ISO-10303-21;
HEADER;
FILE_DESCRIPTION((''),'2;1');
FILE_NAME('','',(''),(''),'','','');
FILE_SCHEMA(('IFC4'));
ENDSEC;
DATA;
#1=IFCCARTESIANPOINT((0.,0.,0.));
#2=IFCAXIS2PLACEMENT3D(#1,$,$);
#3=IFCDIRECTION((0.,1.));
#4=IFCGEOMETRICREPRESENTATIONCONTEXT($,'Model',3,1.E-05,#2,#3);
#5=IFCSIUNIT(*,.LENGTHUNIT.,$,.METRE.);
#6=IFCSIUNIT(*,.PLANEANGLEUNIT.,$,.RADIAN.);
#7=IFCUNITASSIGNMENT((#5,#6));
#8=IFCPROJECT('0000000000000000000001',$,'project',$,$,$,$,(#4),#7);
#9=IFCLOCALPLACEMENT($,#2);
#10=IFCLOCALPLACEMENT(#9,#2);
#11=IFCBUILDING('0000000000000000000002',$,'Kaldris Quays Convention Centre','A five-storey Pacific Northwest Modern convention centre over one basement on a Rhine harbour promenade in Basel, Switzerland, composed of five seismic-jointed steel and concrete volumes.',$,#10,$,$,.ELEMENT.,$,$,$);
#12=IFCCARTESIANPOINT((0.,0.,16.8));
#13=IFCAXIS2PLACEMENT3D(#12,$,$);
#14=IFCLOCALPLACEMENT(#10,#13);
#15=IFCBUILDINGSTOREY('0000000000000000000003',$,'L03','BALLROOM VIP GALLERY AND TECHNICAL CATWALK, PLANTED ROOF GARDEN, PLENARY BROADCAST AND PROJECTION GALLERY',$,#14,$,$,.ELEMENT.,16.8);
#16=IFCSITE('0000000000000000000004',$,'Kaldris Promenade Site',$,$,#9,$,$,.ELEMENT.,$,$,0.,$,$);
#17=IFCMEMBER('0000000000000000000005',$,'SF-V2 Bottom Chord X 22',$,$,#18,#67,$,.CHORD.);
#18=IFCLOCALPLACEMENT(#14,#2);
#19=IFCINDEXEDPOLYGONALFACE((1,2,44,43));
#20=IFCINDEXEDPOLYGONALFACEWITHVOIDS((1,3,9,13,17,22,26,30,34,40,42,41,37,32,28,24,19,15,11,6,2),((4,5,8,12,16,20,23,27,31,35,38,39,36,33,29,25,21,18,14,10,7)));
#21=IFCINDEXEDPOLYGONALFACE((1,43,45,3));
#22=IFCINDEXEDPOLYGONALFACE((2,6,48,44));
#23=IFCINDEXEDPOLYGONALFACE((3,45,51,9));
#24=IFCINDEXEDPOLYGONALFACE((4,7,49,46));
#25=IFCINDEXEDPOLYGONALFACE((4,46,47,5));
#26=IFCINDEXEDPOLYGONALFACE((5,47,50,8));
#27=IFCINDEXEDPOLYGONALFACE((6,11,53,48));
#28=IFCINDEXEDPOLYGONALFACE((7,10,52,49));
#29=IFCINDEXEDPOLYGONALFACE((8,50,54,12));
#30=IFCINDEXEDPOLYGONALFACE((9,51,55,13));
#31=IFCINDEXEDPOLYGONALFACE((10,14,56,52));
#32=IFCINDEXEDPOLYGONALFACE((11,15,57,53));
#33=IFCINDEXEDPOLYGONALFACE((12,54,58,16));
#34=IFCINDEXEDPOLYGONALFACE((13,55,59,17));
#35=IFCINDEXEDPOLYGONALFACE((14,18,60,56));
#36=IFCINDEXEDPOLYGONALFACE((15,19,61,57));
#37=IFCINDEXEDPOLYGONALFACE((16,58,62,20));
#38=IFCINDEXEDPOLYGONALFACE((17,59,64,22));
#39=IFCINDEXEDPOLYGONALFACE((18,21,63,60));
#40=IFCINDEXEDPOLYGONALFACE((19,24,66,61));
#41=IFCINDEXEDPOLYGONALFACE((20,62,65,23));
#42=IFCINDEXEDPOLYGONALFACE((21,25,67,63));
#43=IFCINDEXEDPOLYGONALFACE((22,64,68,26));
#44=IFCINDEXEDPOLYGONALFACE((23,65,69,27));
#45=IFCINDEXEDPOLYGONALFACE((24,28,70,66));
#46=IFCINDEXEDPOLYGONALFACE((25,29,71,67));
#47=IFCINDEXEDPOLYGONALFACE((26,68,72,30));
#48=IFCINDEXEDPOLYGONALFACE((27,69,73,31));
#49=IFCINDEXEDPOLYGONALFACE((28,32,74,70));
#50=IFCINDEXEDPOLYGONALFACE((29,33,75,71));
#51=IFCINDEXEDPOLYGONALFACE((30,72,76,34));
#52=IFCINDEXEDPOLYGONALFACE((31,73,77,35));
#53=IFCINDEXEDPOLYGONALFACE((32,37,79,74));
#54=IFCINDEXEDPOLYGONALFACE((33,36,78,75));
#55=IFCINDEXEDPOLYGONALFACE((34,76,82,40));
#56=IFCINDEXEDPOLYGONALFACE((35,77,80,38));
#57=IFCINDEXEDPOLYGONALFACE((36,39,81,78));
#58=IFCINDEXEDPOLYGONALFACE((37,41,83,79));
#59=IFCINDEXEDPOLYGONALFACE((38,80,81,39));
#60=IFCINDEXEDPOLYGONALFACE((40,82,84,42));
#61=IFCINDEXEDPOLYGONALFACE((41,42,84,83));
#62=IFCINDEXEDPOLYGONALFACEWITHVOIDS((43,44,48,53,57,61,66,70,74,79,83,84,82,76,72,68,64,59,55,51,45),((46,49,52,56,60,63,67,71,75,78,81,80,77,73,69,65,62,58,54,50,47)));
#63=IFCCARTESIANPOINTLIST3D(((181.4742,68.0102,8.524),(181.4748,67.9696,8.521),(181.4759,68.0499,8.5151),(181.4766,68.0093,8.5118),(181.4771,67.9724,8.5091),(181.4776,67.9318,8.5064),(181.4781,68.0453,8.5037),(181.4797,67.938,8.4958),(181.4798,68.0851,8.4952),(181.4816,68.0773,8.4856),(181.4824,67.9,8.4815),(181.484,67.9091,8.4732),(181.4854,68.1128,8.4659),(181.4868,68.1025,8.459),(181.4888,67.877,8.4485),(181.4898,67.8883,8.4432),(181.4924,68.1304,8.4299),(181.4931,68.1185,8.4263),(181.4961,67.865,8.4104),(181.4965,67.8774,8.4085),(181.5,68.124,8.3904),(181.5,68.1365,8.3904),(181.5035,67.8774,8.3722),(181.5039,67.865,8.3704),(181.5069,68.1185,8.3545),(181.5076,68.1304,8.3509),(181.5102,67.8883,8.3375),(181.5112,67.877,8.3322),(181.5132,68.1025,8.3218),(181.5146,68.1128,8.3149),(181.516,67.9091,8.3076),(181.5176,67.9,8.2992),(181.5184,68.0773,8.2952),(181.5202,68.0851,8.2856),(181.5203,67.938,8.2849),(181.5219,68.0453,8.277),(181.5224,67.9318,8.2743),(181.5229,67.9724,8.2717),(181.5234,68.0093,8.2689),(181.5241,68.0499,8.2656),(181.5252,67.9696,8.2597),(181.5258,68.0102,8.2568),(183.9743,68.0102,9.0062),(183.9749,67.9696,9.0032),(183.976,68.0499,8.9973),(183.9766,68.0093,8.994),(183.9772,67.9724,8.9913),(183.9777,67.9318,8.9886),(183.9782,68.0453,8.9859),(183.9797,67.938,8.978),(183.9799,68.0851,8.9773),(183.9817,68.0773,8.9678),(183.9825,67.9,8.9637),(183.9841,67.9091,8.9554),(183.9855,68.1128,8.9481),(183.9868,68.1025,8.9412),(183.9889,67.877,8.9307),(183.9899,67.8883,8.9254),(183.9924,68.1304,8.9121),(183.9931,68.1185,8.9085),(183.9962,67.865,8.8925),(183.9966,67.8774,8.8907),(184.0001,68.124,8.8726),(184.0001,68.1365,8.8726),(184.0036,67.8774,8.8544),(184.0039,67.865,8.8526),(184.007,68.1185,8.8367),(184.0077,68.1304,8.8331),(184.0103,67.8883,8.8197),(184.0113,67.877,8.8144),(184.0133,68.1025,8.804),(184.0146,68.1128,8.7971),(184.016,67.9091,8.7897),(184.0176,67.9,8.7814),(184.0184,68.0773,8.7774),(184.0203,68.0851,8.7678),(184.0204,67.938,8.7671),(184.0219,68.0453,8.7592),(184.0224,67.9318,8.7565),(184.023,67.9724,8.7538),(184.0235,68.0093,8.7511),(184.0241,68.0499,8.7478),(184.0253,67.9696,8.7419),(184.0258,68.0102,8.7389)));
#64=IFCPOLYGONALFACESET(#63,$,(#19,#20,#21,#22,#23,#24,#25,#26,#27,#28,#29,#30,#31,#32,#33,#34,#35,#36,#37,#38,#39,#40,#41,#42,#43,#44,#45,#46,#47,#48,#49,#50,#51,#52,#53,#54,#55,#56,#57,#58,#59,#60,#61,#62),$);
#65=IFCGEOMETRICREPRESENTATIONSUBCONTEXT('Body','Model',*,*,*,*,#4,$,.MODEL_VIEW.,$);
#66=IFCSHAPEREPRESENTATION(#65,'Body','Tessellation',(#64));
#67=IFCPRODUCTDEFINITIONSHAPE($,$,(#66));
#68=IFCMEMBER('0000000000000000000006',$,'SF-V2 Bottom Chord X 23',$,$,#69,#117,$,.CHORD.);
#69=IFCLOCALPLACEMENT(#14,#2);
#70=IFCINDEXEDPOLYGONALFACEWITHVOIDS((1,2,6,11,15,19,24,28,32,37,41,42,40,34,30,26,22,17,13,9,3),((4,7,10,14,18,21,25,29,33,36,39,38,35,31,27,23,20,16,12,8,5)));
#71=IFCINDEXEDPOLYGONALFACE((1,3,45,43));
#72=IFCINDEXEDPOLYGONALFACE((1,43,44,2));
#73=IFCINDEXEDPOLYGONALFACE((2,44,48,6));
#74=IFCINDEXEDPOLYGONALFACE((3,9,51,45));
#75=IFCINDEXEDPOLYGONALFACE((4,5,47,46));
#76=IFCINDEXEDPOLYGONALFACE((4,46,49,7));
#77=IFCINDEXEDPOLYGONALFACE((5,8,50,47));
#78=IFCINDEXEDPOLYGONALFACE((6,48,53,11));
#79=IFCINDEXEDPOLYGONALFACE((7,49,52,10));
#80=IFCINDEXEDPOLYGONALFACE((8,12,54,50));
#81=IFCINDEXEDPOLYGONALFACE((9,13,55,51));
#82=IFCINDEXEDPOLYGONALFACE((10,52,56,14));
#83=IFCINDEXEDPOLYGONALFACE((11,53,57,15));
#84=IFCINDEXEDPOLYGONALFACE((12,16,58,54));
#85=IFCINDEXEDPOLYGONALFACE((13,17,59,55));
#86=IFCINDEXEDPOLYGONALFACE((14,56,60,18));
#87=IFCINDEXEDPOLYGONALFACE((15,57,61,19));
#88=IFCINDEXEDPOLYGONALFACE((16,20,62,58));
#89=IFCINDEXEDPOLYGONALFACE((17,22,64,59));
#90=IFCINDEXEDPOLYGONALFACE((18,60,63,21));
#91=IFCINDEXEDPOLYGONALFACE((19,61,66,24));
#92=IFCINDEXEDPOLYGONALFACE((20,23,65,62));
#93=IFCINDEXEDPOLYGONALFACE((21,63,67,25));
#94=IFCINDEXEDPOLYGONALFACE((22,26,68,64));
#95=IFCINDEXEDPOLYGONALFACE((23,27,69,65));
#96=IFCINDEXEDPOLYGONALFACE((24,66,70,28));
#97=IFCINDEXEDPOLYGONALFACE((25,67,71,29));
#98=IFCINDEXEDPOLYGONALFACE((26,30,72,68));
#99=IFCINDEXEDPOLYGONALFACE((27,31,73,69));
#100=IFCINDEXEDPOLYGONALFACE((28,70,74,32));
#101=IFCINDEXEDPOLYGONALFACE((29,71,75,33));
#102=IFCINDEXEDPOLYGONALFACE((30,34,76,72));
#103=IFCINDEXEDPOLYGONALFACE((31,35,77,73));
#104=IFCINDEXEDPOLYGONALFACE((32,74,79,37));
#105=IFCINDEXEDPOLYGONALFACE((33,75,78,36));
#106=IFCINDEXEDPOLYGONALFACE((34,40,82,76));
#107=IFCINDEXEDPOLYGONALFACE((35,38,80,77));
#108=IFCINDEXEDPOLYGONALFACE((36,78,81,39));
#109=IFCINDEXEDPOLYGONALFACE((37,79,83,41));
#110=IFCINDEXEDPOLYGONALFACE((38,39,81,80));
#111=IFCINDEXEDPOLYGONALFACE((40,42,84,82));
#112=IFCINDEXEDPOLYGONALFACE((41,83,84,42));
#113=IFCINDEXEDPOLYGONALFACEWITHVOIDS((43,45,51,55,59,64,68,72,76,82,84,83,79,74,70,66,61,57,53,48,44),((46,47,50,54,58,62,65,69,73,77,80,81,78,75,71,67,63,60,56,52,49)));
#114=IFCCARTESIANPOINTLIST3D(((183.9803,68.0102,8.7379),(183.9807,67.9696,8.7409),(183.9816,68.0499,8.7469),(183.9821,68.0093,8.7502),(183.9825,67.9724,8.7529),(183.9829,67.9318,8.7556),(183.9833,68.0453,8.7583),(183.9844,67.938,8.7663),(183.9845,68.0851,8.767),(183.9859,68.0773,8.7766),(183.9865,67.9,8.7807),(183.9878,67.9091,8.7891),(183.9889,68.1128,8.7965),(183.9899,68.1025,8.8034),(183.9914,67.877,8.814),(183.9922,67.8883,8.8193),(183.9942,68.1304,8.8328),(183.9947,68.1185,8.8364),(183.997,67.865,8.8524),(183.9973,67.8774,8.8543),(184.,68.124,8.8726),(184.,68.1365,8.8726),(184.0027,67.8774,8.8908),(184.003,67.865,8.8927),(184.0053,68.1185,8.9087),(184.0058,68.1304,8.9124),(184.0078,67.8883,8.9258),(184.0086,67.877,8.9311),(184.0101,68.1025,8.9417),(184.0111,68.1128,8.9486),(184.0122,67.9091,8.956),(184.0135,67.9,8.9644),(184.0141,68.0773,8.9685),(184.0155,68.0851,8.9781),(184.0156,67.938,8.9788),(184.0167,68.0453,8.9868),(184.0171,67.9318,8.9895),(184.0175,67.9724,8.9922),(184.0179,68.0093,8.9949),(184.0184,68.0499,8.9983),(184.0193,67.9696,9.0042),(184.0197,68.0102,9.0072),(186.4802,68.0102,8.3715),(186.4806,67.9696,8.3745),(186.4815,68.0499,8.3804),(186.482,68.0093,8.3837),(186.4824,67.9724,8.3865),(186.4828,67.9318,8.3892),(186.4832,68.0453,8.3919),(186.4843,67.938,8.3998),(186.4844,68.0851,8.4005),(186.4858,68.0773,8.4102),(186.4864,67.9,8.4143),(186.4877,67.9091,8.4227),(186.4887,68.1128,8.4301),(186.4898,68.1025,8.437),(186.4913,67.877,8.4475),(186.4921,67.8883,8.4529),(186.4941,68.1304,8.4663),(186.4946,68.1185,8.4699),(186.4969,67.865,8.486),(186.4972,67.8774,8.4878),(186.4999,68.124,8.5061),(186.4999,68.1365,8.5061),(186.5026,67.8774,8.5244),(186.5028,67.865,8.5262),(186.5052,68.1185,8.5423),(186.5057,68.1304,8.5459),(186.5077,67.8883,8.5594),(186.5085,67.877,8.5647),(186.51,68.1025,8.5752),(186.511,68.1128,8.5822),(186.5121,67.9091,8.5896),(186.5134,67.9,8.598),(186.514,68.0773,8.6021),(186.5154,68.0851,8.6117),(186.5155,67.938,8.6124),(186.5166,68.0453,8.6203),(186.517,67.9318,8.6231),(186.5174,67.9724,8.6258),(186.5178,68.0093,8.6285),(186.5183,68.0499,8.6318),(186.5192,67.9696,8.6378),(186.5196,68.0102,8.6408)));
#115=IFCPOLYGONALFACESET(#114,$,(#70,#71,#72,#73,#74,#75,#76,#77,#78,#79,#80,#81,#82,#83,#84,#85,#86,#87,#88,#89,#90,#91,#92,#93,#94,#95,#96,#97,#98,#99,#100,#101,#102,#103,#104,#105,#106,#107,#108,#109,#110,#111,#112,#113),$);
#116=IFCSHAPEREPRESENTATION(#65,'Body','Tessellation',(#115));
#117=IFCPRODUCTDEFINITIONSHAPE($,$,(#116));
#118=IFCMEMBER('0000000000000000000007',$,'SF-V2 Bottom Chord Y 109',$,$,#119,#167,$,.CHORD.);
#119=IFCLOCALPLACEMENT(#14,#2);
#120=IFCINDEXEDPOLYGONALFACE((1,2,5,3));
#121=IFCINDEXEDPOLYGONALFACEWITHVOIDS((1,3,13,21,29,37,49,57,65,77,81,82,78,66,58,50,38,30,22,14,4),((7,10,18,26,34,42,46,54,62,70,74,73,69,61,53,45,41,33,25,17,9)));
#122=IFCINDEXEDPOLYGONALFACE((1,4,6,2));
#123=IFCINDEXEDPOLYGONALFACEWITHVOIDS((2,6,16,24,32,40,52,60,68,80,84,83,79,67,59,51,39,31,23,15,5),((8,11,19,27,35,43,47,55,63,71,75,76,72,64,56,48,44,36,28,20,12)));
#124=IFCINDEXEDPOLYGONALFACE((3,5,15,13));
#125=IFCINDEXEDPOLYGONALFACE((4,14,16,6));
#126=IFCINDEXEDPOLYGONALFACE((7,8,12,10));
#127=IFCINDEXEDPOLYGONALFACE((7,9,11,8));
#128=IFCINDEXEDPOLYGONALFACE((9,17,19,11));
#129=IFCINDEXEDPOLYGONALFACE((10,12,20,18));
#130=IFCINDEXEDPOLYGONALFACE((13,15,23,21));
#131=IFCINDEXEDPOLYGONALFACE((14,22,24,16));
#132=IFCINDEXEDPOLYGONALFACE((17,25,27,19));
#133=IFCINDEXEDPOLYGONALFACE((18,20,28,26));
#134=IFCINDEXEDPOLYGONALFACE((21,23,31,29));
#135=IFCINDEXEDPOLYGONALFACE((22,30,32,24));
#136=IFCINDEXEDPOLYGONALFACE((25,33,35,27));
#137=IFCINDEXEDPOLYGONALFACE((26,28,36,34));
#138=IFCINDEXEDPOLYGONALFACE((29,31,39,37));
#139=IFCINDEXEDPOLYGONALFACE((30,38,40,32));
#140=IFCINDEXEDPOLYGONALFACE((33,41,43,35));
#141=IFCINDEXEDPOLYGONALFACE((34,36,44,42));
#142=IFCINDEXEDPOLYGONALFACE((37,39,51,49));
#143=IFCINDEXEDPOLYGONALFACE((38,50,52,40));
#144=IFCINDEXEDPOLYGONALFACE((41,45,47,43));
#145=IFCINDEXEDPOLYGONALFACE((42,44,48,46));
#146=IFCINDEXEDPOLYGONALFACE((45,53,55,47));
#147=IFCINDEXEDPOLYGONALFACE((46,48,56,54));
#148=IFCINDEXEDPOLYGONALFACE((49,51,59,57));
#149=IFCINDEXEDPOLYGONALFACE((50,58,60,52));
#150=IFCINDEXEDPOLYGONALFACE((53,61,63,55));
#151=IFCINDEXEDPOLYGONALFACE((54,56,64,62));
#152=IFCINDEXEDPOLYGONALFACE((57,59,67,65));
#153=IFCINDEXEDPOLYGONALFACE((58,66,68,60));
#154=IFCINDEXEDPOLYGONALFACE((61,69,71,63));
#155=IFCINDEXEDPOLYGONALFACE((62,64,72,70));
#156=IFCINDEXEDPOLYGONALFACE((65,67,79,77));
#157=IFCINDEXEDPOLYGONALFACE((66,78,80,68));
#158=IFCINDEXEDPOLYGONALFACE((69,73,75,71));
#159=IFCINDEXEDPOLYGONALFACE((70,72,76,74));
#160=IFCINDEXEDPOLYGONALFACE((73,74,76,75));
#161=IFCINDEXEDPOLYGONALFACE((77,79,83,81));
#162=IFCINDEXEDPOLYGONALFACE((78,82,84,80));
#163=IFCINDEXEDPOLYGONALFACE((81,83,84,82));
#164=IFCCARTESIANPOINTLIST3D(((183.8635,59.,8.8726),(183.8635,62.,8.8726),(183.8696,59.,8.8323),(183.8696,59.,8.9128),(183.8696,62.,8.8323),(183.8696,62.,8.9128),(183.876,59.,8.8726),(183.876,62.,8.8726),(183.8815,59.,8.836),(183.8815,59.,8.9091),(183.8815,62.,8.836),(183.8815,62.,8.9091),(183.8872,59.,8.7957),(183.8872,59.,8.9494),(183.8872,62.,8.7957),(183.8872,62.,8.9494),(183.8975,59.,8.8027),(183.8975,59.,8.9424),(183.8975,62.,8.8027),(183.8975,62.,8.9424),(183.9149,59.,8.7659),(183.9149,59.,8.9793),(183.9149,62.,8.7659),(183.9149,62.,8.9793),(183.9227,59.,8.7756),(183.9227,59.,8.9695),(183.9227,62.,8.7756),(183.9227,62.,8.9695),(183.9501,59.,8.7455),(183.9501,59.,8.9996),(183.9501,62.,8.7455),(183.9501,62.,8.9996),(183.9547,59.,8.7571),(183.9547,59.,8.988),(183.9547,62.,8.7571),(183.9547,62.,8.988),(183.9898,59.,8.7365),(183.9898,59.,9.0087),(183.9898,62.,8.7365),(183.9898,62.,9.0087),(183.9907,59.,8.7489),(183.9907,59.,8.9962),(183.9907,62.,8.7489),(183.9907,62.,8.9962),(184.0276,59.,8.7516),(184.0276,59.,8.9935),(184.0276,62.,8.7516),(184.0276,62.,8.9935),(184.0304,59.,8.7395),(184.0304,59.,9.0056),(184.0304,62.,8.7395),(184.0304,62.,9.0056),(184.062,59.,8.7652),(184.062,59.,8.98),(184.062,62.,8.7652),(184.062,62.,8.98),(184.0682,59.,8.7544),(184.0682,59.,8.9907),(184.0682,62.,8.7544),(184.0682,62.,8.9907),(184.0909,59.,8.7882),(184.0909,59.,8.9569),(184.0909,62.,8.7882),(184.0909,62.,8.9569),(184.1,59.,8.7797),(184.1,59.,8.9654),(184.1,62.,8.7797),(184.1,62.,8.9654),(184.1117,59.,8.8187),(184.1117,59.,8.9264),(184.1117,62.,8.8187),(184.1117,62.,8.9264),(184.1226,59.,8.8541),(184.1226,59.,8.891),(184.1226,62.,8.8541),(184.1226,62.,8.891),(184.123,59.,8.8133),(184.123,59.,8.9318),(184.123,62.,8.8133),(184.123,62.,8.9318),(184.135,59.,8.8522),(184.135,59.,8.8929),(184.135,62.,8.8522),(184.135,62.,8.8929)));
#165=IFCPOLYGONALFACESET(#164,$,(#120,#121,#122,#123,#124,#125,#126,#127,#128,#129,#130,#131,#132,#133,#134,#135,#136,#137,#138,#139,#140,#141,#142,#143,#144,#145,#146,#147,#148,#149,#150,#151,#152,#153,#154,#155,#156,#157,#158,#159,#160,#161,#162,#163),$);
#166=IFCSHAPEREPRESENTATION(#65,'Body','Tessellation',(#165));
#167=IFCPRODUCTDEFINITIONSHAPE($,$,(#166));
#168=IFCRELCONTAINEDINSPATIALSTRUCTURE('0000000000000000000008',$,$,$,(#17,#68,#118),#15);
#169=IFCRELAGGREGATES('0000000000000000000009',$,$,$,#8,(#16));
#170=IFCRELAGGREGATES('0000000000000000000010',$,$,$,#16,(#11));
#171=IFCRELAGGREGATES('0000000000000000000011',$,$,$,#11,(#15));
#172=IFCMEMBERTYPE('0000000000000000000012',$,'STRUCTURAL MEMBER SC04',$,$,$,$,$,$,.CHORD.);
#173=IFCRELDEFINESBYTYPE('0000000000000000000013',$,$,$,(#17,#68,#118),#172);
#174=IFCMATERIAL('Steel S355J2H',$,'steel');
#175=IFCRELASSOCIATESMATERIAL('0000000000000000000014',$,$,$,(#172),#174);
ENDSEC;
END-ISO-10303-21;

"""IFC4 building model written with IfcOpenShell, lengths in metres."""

from ifc_helpers import new_model, si_unit, direction, frame, origin, origin_2d, place, context, subcontext, project, spatial, hollow_circle, extrude, material, material_profile, profile_set, type_object, element, save


model = new_model("IFC4")

# Units and contexts
model_context = context("Model", 3, precision=1e-05, world=origin(), true_north=direction((0.0, 1.0)))
body_context = subcontext(model_context, "Body", "Model", "MODEL_VIEW")
ifc_project = project(units=[si_unit("LENGTHUNIT", "METRE"), si_unit("PLANEANGLEUNIT", "RADIAN")], contexts=[model_context])

# Site, building, storey
site_placement = place(None, origin())
site = spatial("IfcSite", under=ifc_project, at=site_placement, Name="Kaldris Promenade Site", CompositionType="ELEMENT", RefElevation=0.0)
building_placement = place(site_placement, origin())
building = spatial("IfcBuilding", under=site, at=building_placement, Name="Kaldris Quays Convention Centre", Description="A five-storey Pacific Northwest Modern convention centre over one basement on a Rhine harbour promenade in Basel, Switzerland, composed of five seismic-jointed steel and concrete volumes.", CompositionType="ELEMENT")
storey_placement = place(building_placement, frame((0.0, 0.0, 16.8)))
storey = spatial("IfcBuildingStorey", under=building, at=storey_placement, Name="L03", Description="BALLROOM VIP GALLERY AND TECHNICAL CATWALK, PLANTED ROOF GARDEN, PLENARY BROADCAST AND PROJECTION GALLERY", CompositionType="ELEMENT", Elevation=16.8)

# Members
ifc_material_1 = material(Name="Steel S355J2H", Category="steel")
ifc_material_profile_1 = material_profile(ifc_material_1, hollow_circle(Radius=0.1365, WallThickness=0.0125, at=origin_2d()), Name="CHS 273x12.5")
ifc_profile_set_1 = profile_set([ifc_material_profile_1], Name="Steel S355J2H")
member_type_1 = type_object("IfcMemberType", Name="STRUCTURAL MEMBER SC04", PredefinedType="CHORD", material=ifc_profile_set_1)
member_1_placement = place(storey_placement, frame((181.5, 68.0, 8.3904), z_axis=(0.981904, 0.0, 0.189381), x_axis=(0.0, 1.0, 0.0)))
element("IfcMember", 1, at=member_1_placement, inside=storey, type_object=member_type_1, Name="SF-V2 Bottom Chord X 22", PredefinedType="CHORD", context=body_context, shape_type="SweptSolid", body=[
    extrude(hollow_circle(Radius=0.1365, WallThickness=0.0125, at=origin_2d()), origin(), (0.0, 0.0, 1.0), 2.5461),
])
member_2_placement = place(storey_placement, frame((184.0, 68.0, 8.8726), z_axis=(0.989427, 0.0, -0.145032), x_axis=(0.0, 1.0, 0.0)))
element("IfcMember", 2, at=member_2_placement, inside=storey, type_object=member_type_1, Name="SF-V2 Bottom Chord X 23", PredefinedType="CHORD", context=body_context, shape_type="SweptSolid", body=[
    extrude(hollow_circle(Radius=0.1365, WallThickness=0.0125, at=origin_2d()), origin(), (0.0, 0.0, 1.0), 2.5266),
])
for number, where, z_axis, x_axis, name in (
    (3, (184.0, 59.0, 8.8726), (0.0, 1.0, 0.0), (-1.0, 0.0, 0.0), "SF-V2 Bottom Chord Y 109"),
):
    element("IfcMember", number, at=place(storey_placement, frame(where, z_axis=z_axis, x_axis=x_axis)), inside=storey, type_object=member_type_1, Name=name, PredefinedType="CHORD", context=body_context, shape_type="SweptSolid", body=[
        extrude(hollow_circle(Radius=0.1365, WallThickness=0.0125, at=origin_2d()), origin(), (0.0, 0.0, 1.0), 3.0),
    ])

save(model, "model.ifc")
